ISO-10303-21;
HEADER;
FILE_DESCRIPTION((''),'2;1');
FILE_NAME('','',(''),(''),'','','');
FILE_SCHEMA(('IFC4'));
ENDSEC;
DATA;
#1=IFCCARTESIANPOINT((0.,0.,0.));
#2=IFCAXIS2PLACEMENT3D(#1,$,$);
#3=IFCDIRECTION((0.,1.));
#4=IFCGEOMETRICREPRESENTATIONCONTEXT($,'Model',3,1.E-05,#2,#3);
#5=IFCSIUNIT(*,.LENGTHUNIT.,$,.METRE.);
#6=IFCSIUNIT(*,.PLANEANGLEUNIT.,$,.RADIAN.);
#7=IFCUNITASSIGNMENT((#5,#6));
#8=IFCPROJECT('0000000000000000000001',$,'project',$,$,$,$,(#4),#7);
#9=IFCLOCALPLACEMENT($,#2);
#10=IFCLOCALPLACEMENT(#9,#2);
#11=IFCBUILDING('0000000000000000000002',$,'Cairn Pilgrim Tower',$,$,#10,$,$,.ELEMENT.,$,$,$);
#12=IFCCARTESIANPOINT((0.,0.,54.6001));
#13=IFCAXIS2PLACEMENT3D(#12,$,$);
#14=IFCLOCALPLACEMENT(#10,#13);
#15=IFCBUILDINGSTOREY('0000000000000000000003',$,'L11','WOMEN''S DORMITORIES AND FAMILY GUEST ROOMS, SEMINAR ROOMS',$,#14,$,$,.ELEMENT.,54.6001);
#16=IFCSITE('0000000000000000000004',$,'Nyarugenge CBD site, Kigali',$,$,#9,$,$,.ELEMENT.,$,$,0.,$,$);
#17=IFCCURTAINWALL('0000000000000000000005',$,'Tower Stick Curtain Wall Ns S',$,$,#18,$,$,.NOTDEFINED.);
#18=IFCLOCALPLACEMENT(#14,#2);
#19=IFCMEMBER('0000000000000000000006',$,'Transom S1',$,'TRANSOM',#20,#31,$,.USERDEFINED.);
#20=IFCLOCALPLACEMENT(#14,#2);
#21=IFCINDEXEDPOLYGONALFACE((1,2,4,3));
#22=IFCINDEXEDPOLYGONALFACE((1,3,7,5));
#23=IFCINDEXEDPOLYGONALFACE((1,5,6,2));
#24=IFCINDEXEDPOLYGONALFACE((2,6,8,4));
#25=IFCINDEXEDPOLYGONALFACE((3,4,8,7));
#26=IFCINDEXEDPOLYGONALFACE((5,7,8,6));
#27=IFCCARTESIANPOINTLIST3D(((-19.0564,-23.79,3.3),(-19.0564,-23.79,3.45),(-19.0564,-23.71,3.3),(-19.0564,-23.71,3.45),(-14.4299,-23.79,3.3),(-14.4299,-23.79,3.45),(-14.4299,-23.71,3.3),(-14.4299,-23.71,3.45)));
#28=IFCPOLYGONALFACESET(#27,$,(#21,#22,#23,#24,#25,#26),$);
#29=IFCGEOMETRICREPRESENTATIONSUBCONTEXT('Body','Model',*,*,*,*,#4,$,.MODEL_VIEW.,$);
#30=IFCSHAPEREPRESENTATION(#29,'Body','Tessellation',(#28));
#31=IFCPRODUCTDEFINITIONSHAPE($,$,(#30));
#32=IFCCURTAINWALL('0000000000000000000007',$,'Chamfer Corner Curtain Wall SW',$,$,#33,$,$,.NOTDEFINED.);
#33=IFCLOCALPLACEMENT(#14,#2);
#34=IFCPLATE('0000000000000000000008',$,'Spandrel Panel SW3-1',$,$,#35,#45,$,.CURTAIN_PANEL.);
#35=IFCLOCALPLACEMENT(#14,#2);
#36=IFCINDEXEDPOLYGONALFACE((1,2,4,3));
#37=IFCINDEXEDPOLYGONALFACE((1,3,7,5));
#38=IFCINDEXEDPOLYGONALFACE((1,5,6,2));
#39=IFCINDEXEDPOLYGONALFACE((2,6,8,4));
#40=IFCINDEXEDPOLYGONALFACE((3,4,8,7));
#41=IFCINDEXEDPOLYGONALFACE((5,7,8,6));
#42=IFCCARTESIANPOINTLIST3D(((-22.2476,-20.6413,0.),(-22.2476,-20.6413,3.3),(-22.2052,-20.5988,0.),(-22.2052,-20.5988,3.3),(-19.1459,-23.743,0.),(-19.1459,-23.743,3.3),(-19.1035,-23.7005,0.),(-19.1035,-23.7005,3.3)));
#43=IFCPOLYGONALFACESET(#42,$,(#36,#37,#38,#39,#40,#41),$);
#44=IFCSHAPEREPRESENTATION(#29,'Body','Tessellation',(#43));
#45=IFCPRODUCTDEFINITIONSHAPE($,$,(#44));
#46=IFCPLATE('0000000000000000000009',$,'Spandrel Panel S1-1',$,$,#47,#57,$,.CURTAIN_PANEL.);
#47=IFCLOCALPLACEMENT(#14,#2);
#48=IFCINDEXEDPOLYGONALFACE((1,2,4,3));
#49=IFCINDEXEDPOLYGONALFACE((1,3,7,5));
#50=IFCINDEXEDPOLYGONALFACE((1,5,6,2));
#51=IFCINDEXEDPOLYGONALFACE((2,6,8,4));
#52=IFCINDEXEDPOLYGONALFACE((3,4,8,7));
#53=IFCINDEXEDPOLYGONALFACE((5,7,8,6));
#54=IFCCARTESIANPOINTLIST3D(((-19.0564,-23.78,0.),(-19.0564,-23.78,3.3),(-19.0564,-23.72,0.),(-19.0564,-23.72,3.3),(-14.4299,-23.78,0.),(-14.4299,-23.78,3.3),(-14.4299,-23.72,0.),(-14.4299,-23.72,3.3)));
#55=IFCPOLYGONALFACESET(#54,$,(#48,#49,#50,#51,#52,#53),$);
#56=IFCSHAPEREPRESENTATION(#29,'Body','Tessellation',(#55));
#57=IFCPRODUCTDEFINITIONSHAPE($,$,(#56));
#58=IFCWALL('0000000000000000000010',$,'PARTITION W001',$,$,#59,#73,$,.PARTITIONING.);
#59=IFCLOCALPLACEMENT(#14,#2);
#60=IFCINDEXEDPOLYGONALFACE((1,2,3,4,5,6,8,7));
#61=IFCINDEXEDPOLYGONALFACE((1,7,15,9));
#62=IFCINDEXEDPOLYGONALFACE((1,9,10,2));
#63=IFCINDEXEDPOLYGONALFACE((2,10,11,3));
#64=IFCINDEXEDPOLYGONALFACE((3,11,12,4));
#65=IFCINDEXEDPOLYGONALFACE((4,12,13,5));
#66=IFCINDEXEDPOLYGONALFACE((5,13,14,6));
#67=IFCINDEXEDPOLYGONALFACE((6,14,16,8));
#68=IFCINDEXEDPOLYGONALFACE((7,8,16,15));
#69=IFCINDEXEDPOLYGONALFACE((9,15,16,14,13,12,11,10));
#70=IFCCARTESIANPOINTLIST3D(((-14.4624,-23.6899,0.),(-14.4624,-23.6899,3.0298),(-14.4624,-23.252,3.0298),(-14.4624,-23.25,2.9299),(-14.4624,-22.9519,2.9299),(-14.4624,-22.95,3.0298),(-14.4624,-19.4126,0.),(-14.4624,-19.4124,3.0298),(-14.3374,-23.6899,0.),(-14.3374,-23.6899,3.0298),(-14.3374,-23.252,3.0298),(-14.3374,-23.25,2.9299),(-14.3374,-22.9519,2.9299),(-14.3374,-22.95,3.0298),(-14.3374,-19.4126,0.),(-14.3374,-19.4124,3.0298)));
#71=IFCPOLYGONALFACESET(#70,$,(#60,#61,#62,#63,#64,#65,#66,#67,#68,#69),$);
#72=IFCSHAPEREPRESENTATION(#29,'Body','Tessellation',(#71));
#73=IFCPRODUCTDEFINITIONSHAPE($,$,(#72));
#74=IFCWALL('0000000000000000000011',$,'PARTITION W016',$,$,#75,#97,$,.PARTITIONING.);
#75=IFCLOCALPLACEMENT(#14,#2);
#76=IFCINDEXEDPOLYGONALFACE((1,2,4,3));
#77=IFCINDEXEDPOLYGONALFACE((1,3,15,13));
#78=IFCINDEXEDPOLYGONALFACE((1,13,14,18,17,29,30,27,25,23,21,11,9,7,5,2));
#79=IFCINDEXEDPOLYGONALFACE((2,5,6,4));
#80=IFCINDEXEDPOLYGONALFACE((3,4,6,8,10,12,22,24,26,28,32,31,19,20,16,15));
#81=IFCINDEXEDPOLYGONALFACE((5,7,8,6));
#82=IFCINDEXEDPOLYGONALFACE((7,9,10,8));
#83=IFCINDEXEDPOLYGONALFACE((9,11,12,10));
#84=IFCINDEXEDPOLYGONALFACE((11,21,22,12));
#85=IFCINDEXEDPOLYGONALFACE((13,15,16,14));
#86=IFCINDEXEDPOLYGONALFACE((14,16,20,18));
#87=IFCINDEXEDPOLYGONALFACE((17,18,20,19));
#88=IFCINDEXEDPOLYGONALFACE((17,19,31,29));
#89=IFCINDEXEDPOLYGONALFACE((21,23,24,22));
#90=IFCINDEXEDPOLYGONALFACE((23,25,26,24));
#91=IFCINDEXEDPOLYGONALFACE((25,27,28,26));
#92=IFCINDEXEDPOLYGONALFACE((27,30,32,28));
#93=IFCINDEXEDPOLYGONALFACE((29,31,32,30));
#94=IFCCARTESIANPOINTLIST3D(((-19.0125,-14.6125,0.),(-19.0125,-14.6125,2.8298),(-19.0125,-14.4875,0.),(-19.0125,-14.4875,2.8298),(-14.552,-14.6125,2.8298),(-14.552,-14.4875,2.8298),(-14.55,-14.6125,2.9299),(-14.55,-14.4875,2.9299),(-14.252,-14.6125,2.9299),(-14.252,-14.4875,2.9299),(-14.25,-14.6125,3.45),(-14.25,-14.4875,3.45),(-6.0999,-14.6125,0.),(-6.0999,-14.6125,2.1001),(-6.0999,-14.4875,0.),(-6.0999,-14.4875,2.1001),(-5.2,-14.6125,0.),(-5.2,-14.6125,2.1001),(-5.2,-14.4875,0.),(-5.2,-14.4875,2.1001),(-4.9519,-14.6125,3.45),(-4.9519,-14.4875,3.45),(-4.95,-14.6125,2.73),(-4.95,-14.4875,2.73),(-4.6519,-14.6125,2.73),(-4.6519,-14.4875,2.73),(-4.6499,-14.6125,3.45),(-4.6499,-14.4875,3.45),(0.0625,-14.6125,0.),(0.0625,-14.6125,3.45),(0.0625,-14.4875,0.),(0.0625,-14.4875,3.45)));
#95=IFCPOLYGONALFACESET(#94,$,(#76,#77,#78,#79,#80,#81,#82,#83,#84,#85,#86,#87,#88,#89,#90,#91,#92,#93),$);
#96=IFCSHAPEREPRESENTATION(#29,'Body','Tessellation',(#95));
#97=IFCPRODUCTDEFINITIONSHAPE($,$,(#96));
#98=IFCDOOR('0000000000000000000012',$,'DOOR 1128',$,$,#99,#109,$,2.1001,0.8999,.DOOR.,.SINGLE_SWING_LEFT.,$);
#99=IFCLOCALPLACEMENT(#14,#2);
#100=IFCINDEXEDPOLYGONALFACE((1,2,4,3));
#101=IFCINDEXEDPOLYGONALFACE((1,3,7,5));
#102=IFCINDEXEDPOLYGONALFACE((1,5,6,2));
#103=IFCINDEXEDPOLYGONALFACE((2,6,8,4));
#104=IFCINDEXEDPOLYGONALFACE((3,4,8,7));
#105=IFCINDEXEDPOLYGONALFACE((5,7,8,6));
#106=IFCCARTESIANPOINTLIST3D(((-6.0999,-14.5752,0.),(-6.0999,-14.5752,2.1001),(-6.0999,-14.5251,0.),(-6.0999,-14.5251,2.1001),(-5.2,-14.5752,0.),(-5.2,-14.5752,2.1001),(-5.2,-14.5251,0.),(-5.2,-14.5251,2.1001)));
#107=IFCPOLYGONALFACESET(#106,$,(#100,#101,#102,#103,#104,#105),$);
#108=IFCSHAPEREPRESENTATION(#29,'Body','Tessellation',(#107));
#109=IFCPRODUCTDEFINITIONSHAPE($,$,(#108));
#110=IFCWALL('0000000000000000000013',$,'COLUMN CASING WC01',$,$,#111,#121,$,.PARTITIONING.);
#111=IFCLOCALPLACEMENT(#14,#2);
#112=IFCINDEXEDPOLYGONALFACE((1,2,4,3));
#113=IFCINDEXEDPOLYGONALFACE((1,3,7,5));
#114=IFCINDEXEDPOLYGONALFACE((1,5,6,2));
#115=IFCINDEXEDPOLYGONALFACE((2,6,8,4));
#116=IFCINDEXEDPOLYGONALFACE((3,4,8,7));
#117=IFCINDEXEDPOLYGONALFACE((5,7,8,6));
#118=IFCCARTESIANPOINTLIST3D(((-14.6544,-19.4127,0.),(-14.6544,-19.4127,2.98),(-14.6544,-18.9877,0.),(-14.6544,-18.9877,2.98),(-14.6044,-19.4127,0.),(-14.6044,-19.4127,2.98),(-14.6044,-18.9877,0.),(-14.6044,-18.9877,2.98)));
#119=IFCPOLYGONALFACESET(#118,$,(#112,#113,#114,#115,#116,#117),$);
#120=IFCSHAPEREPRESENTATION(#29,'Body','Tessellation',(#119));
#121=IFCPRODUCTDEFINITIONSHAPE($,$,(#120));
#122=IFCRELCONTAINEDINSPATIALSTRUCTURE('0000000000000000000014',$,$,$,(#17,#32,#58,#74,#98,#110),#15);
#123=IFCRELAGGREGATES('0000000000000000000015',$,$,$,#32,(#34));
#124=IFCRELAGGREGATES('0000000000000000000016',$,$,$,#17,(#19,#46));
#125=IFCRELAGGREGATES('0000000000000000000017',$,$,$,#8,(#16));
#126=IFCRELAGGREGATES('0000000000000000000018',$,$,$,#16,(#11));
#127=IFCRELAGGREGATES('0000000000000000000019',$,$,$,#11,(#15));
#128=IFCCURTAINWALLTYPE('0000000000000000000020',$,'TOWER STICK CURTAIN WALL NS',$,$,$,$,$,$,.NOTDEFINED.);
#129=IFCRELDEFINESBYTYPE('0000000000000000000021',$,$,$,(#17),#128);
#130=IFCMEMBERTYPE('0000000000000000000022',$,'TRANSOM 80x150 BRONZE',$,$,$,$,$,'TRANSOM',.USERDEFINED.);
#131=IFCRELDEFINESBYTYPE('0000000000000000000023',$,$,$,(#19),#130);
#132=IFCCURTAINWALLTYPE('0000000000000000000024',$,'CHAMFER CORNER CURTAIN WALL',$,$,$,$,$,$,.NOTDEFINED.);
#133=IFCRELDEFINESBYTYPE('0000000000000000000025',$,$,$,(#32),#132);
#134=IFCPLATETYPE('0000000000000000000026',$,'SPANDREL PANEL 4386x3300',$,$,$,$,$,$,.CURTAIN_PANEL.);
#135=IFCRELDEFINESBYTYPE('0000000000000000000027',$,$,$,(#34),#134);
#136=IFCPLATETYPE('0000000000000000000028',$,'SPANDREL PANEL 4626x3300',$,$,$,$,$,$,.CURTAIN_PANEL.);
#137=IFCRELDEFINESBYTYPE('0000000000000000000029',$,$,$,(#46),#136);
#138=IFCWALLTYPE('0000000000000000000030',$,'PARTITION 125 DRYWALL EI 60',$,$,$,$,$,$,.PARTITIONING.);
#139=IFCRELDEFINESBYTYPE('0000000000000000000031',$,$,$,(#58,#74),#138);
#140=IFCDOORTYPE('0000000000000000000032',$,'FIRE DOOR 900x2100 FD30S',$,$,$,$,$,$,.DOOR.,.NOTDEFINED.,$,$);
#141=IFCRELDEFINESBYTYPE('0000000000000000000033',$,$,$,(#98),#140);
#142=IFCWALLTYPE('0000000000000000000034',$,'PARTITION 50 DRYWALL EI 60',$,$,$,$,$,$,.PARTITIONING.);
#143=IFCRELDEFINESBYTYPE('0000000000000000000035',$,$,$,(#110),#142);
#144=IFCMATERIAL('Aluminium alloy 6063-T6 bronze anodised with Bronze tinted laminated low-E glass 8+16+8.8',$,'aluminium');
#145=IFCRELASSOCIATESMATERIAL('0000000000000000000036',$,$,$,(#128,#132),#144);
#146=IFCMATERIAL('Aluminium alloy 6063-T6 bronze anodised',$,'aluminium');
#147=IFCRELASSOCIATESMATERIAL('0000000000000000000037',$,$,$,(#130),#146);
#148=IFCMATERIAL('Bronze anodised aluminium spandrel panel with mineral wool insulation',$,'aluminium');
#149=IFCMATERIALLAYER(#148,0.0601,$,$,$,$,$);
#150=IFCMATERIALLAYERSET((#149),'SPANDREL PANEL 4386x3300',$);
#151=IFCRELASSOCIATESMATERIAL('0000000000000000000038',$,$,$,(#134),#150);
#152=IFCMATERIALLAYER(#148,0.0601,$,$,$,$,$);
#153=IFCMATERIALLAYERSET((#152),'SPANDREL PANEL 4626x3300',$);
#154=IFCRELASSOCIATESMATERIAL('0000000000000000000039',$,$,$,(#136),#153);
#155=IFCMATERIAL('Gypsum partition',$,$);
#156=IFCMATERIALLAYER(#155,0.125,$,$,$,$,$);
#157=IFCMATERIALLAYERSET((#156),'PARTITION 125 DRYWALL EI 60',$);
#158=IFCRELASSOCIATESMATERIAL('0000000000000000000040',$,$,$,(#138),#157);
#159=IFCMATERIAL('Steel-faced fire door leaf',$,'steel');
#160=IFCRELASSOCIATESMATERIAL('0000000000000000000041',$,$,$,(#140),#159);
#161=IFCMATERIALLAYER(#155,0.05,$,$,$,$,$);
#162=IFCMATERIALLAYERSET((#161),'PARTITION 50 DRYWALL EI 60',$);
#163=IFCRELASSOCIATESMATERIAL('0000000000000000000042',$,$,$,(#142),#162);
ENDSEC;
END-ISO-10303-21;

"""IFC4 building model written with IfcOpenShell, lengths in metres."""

from ifc_helpers import new_model, si_unit, direction, frame, frame_2d, origin, origin_2d, place, context, subcontext, project, spatial, polyline, rectangle, outline, extrude, material, layer, layer_set, material_profile, profile_set, type_object, element, fill, aggregate, save


model = new_model("IFC4")

# Units and contexts
model_context = context("Model", 3, precision=1e-05, world=origin(), true_north=direction((0.0, 1.0)))
body_context = subcontext(model_context, "Body", "Model", "MODEL_VIEW")
ifc_project = project(units=[si_unit("LENGTHUNIT", "METRE"), si_unit("PLANEANGLEUNIT", "RADIAN")], contexts=[model_context])

# Site, building, storey
site_placement = place(None, origin())
site = spatial("IfcSite", under=ifc_project, at=site_placement, Name="Nyarugenge CBD site, Kigali", CompositionType="ELEMENT", RefElevation=0.0)
building_placement = place(site_placement, origin())
building = spatial("IfcBuilding", under=site, at=building_placement, Name="Cairn Pilgrim Tower", CompositionType="ELEMENT")
storey_placement = place(building_placement, frame((0.0, 0.0, 54.6001)))
storey = spatial("IfcBuildingStorey", under=building, at=storey_placement, Name="L11", Description="WOMEN'S DORMITORIES AND FAMILY GUEST ROOMS, SEMINAR ROOMS", CompositionType="ELEMENT", Elevation=54.6001)

# Curtain wall
ifc_material_1 = material(Name="Aluminium alloy 6063-T6 bronze anodised with Bronze tinted laminated low-E glass 8+16+8.8", Category="aluminium")
curtain_wall_type_1 = type_object("IfcCurtainWallType", Name="TOWER STICK CURTAIN WALL NS", PredefinedType="NOTDEFINED", material=ifc_material_1)
curtain_wall_1_placement = place(storey_placement, origin())
curtain_wall_1 = element("IfcCurtainWall", 1, at=curtain_wall_1_placement, inside=storey, type_object=curtain_wall_type_1, Name="Tower Stick Curtain Wall Ns S", PredefinedType="NOTDEFINED")
ifc_material_2 = material(Name="Aluminium alloy 6063-T6 bronze anodised", Category="aluminium")

# Member
ifc_material_profile_1 = material_profile(ifc_material_2, rectangle(XDim=0.0801, YDim=0.1499, at=origin_2d()), Name="TRANSOM 80x150 BRONZE")
ifc_profile_set_1 = profile_set([ifc_material_profile_1], Name="Aluminium alloy 6063-T6 bronze anodised")
member_type_1 = type_object("IfcMemberType", Name="TRANSOM 80x150 BRONZE", ElementType="TRANSOM", PredefinedType="USERDEFINED", material=ifc_profile_set_1)
member_1_placement = place(storey_placement, frame((-19.0564, -23.75, 3.375), z_axis=(1.0, 0.0, 0.0), x_axis=(0.0, 1.0, 0.0)))
member_1 = element("IfcMember", 2, at=member_1_placement, type_object=member_type_1, Name="Transom S1", ObjectType="TRANSOM", PredefinedType="USERDEFINED", context=body_context, shape_type="SweptSolid", body=[
    extrude(rectangle(XDim=0.0801, YDim=0.1499, at=origin_2d()), origin(), (0.0, 0.0, 1.0), 4.6265),
])

# Curtain wall, plate
curtain_wall_type_2 = type_object("IfcCurtainWallType", Name="CHAMFER CORNER CURTAIN WALL", PredefinedType="NOTDEFINED", material=ifc_material_1)
curtain_wall_2_placement = place(storey_placement, origin())
curtain_wall_2 = element("IfcCurtainWall", 3, at=curtain_wall_2_placement, inside=storey, type_object=curtain_wall_type_2, Name="Chamfer Corner Curtain Wall SW", PredefinedType="NOTDEFINED")
ifc_material_3 = material(Name="Bronze anodised aluminium spandrel panel with mineral wool insulation", Category="aluminium")
ifc_layer_1 = layer(ifc_material_3, 0.0601)
ifc_layer_set_1 = layer_set([ifc_layer_1], Name="SPANDREL PANEL 4386x3300")
plate_type_1 = type_object("IfcPlateType", Name="SPANDREL PANEL 4386x3300", PredefinedType="CURTAIN_PANEL", material=ifc_layer_set_1)
plate_1_placement = place(storey_placement, frame((-20.6755, -22.1709, 0.0), z_axis=(0.0, 0.0, 1.0), x_axis=(0.707107, -0.707107, 0.0)))
plate_1 = element("IfcPlate", 4, at=plate_1_placement, type_object=plate_type_1, Name="Spandrel Panel SW3-1", PredefinedType="CURTAIN_PANEL", context=body_context, shape_type="SweptSolid", body=[
    extrude(rectangle(XDim=4.3865, YDim=0.0601, at=origin_2d()), origin(), (0.0, 0.0, 1.0), 3.3),
])
aggregate(curtain_wall_2, [plate_1])

# Plate
ifc_layer_2 = layer(ifc_material_3, 0.0601)
ifc_layer_set_2 = layer_set([ifc_layer_2], Name="SPANDREL PANEL 4626x3300")
plate_type_2 = type_object("IfcPlateType", Name="SPANDREL PANEL 4626x3300", PredefinedType="CURTAIN_PANEL", material=ifc_layer_set_2)
plate_2_placement = place(storey_placement, frame((-16.7432, -23.75, 0.0), z_axis=(0.0, 0.0, 1.0), x_axis=(1.0, 0.0, 0.0)))
plate_2 = element("IfcPlate", 5, at=plate_2_placement, type_object=plate_type_2, Name="Spandrel Panel S1-1", PredefinedType="CURTAIN_PANEL", context=body_context, shape_type="SweptSolid", body=[
    extrude(rectangle(XDim=4.6265, YDim=0.0601, at=origin_2d()), origin(), (0.0, 0.0, 1.0), 3.3),
])
aggregate(curtain_wall_1, [member_1, plate_2])

# Wall
ifc_material_4 = material(Name="Gypsum partition")
ifc_layer_3 = layer(ifc_material_4, 0.125)
ifc_layer_set_3 = layer_set([ifc_layer_3], Name="PARTITION 125 DRYWALL EI 60")
wall_type_1 = type_object("IfcWallType", Name="PARTITION 125 DRYWALL EI 60", PredefinedType="PARTITIONING", material=ifc_layer_set_3)
wall_1_placement = place(storey_placement, frame((-14.3999, -23.6899, 0.0), z_axis=(0.0, 0.0, 1.0), x_axis=(0.0, 1.0, 0.0)))
element("IfcWall", 6, at=wall_1_placement, inside=storey, type_object=wall_type_1, Name="PARTITION W001", PredefinedType="PARTITIONING", context=body_context, shape_type="SweptSolid", body=[
    extrude(outline(polyline([(0.0, 0.0), (4.2773, 0.0), (4.2776, 3.0298), (0.74, 3.0298), (0.738, 2.9299), (0.4399, 2.9299), (0.438, 3.0298), (0.0, 3.0298), (0.0, 0.0)])), frame((0.0, 0.0625, 0.0), z_axis=(0.0, -1.0, 0.0), x_axis=(1.0, 0.0, 0.0)), (0.0, 0.0, 1.0), 0.125),
])

# Wall, opening, door
wall_2_placement = place(storey_placement, frame((-19.0125, -14.55, 0.0), z_axis=(0.0, 0.0, 1.0), x_axis=(1.0, 0.0, 0.0)))
wall_2 = element("IfcWall", 7, at=wall_2_placement, inside=storey, type_object=wall_type_1, Name="PARTITION W016", PredefinedType="PARTITIONING", context=body_context, shape_type="SweptSolid", body=[
    extrude(outline(polyline([(0.0, 0.0), (19.075, 0.0), (19.075, 3.45), (14.3625, 3.45), (14.3606, 2.73), (14.0625, 2.73), (14.0605, 3.45), (4.7625, 3.45), (4.7605, 2.9299), (4.4624, 2.9299), (4.4604, 2.8298), (0.0, 2.8298), (0.0, 0.0)])), frame((0.0, 0.0625, 0.0), z_axis=(0.0, -1.0, 0.0), x_axis=(1.0, 0.0, 0.0)), (0.0, 0.0, 1.0), 0.125),
])
opening_placement = place(wall_2_placement, frame((12.9126, 0.0, 0.0)))
opening = element("IfcOpeningElement", 8, at=opening_placement, cuts=wall_2, PredefinedType="OPENING", context=body_context, shape_type="SweptSolid", body=[
    extrude(rectangle(XDim=0.8999, YDim=2.1001, at=frame_2d((0.45, 1.05))), frame((0.0, 0.0725, 0.0), z_axis=(0.0, -1.0, 0.0), x_axis=(1.0, 0.0, 0.0)), (0.0, 0.0, 1.0), 0.145),
])
ifc_material_5 = material(Name="Steel-faced fire door leaf", Category="steel")
door_type = type_object("IfcDoorType", Name="FIRE DOOR 900x2100 FD30S", OperationType="NOTDEFINED", PredefinedType="DOOR", material=ifc_material_5)
door_placement = place(opening_placement, origin())
door = element("IfcDoor", 9, at=door_placement, inside=storey, type_object=door_type, Name="DOOR 1128", OperationType="SINGLE_SWING_LEFT", OverallHeight=2.1001, OverallWidth=0.8999, PredefinedType="DOOR", context=body_context, shape_type="SweptSolid", body=[
    extrude(rectangle(XDim=0.8999, YDim=2.1001, at=frame_2d((0.45, 1.05))), frame((0.0, 0.0249, 0.0), z_axis=(0.0, -1.0, 0.0), x_axis=(1.0, 0.0, 0.0)), (0.0, 0.0, 1.0), 0.05),
])
fill(opening, door)

# Wall
ifc_layer_4 = layer(ifc_material_4, 0.05)
ifc_layer_set_4 = layer_set([ifc_layer_4], Name="PARTITION 50 DRYWALL EI 60")
wall_type_2 = type_object("IfcWallType", Name="PARTITION 50 DRYWALL EI 60", PredefinedType="PARTITIONING", material=ifc_layer_set_4)
wall_3_placement = place(storey_placement, frame((-14.6294, -19.4126, 0.0), z_axis=(0.0, 0.0, 1.0), x_axis=(0.0, 1.0, 0.0)))
element("IfcWall", 10, at=wall_3_placement, inside=storey, type_object=wall_type_2, Name="COLUMN CASING WC01", PredefinedType="PARTITIONING", context=body_context, shape_type="SweptSolid", body=[
    extrude(rectangle(XDim=0.425, YDim=0.05, at=frame_2d((0.2124, 0.0))), origin(), (0.0, 0.0, 1.0), 2.98),
])

save(model, "model.ifc")
